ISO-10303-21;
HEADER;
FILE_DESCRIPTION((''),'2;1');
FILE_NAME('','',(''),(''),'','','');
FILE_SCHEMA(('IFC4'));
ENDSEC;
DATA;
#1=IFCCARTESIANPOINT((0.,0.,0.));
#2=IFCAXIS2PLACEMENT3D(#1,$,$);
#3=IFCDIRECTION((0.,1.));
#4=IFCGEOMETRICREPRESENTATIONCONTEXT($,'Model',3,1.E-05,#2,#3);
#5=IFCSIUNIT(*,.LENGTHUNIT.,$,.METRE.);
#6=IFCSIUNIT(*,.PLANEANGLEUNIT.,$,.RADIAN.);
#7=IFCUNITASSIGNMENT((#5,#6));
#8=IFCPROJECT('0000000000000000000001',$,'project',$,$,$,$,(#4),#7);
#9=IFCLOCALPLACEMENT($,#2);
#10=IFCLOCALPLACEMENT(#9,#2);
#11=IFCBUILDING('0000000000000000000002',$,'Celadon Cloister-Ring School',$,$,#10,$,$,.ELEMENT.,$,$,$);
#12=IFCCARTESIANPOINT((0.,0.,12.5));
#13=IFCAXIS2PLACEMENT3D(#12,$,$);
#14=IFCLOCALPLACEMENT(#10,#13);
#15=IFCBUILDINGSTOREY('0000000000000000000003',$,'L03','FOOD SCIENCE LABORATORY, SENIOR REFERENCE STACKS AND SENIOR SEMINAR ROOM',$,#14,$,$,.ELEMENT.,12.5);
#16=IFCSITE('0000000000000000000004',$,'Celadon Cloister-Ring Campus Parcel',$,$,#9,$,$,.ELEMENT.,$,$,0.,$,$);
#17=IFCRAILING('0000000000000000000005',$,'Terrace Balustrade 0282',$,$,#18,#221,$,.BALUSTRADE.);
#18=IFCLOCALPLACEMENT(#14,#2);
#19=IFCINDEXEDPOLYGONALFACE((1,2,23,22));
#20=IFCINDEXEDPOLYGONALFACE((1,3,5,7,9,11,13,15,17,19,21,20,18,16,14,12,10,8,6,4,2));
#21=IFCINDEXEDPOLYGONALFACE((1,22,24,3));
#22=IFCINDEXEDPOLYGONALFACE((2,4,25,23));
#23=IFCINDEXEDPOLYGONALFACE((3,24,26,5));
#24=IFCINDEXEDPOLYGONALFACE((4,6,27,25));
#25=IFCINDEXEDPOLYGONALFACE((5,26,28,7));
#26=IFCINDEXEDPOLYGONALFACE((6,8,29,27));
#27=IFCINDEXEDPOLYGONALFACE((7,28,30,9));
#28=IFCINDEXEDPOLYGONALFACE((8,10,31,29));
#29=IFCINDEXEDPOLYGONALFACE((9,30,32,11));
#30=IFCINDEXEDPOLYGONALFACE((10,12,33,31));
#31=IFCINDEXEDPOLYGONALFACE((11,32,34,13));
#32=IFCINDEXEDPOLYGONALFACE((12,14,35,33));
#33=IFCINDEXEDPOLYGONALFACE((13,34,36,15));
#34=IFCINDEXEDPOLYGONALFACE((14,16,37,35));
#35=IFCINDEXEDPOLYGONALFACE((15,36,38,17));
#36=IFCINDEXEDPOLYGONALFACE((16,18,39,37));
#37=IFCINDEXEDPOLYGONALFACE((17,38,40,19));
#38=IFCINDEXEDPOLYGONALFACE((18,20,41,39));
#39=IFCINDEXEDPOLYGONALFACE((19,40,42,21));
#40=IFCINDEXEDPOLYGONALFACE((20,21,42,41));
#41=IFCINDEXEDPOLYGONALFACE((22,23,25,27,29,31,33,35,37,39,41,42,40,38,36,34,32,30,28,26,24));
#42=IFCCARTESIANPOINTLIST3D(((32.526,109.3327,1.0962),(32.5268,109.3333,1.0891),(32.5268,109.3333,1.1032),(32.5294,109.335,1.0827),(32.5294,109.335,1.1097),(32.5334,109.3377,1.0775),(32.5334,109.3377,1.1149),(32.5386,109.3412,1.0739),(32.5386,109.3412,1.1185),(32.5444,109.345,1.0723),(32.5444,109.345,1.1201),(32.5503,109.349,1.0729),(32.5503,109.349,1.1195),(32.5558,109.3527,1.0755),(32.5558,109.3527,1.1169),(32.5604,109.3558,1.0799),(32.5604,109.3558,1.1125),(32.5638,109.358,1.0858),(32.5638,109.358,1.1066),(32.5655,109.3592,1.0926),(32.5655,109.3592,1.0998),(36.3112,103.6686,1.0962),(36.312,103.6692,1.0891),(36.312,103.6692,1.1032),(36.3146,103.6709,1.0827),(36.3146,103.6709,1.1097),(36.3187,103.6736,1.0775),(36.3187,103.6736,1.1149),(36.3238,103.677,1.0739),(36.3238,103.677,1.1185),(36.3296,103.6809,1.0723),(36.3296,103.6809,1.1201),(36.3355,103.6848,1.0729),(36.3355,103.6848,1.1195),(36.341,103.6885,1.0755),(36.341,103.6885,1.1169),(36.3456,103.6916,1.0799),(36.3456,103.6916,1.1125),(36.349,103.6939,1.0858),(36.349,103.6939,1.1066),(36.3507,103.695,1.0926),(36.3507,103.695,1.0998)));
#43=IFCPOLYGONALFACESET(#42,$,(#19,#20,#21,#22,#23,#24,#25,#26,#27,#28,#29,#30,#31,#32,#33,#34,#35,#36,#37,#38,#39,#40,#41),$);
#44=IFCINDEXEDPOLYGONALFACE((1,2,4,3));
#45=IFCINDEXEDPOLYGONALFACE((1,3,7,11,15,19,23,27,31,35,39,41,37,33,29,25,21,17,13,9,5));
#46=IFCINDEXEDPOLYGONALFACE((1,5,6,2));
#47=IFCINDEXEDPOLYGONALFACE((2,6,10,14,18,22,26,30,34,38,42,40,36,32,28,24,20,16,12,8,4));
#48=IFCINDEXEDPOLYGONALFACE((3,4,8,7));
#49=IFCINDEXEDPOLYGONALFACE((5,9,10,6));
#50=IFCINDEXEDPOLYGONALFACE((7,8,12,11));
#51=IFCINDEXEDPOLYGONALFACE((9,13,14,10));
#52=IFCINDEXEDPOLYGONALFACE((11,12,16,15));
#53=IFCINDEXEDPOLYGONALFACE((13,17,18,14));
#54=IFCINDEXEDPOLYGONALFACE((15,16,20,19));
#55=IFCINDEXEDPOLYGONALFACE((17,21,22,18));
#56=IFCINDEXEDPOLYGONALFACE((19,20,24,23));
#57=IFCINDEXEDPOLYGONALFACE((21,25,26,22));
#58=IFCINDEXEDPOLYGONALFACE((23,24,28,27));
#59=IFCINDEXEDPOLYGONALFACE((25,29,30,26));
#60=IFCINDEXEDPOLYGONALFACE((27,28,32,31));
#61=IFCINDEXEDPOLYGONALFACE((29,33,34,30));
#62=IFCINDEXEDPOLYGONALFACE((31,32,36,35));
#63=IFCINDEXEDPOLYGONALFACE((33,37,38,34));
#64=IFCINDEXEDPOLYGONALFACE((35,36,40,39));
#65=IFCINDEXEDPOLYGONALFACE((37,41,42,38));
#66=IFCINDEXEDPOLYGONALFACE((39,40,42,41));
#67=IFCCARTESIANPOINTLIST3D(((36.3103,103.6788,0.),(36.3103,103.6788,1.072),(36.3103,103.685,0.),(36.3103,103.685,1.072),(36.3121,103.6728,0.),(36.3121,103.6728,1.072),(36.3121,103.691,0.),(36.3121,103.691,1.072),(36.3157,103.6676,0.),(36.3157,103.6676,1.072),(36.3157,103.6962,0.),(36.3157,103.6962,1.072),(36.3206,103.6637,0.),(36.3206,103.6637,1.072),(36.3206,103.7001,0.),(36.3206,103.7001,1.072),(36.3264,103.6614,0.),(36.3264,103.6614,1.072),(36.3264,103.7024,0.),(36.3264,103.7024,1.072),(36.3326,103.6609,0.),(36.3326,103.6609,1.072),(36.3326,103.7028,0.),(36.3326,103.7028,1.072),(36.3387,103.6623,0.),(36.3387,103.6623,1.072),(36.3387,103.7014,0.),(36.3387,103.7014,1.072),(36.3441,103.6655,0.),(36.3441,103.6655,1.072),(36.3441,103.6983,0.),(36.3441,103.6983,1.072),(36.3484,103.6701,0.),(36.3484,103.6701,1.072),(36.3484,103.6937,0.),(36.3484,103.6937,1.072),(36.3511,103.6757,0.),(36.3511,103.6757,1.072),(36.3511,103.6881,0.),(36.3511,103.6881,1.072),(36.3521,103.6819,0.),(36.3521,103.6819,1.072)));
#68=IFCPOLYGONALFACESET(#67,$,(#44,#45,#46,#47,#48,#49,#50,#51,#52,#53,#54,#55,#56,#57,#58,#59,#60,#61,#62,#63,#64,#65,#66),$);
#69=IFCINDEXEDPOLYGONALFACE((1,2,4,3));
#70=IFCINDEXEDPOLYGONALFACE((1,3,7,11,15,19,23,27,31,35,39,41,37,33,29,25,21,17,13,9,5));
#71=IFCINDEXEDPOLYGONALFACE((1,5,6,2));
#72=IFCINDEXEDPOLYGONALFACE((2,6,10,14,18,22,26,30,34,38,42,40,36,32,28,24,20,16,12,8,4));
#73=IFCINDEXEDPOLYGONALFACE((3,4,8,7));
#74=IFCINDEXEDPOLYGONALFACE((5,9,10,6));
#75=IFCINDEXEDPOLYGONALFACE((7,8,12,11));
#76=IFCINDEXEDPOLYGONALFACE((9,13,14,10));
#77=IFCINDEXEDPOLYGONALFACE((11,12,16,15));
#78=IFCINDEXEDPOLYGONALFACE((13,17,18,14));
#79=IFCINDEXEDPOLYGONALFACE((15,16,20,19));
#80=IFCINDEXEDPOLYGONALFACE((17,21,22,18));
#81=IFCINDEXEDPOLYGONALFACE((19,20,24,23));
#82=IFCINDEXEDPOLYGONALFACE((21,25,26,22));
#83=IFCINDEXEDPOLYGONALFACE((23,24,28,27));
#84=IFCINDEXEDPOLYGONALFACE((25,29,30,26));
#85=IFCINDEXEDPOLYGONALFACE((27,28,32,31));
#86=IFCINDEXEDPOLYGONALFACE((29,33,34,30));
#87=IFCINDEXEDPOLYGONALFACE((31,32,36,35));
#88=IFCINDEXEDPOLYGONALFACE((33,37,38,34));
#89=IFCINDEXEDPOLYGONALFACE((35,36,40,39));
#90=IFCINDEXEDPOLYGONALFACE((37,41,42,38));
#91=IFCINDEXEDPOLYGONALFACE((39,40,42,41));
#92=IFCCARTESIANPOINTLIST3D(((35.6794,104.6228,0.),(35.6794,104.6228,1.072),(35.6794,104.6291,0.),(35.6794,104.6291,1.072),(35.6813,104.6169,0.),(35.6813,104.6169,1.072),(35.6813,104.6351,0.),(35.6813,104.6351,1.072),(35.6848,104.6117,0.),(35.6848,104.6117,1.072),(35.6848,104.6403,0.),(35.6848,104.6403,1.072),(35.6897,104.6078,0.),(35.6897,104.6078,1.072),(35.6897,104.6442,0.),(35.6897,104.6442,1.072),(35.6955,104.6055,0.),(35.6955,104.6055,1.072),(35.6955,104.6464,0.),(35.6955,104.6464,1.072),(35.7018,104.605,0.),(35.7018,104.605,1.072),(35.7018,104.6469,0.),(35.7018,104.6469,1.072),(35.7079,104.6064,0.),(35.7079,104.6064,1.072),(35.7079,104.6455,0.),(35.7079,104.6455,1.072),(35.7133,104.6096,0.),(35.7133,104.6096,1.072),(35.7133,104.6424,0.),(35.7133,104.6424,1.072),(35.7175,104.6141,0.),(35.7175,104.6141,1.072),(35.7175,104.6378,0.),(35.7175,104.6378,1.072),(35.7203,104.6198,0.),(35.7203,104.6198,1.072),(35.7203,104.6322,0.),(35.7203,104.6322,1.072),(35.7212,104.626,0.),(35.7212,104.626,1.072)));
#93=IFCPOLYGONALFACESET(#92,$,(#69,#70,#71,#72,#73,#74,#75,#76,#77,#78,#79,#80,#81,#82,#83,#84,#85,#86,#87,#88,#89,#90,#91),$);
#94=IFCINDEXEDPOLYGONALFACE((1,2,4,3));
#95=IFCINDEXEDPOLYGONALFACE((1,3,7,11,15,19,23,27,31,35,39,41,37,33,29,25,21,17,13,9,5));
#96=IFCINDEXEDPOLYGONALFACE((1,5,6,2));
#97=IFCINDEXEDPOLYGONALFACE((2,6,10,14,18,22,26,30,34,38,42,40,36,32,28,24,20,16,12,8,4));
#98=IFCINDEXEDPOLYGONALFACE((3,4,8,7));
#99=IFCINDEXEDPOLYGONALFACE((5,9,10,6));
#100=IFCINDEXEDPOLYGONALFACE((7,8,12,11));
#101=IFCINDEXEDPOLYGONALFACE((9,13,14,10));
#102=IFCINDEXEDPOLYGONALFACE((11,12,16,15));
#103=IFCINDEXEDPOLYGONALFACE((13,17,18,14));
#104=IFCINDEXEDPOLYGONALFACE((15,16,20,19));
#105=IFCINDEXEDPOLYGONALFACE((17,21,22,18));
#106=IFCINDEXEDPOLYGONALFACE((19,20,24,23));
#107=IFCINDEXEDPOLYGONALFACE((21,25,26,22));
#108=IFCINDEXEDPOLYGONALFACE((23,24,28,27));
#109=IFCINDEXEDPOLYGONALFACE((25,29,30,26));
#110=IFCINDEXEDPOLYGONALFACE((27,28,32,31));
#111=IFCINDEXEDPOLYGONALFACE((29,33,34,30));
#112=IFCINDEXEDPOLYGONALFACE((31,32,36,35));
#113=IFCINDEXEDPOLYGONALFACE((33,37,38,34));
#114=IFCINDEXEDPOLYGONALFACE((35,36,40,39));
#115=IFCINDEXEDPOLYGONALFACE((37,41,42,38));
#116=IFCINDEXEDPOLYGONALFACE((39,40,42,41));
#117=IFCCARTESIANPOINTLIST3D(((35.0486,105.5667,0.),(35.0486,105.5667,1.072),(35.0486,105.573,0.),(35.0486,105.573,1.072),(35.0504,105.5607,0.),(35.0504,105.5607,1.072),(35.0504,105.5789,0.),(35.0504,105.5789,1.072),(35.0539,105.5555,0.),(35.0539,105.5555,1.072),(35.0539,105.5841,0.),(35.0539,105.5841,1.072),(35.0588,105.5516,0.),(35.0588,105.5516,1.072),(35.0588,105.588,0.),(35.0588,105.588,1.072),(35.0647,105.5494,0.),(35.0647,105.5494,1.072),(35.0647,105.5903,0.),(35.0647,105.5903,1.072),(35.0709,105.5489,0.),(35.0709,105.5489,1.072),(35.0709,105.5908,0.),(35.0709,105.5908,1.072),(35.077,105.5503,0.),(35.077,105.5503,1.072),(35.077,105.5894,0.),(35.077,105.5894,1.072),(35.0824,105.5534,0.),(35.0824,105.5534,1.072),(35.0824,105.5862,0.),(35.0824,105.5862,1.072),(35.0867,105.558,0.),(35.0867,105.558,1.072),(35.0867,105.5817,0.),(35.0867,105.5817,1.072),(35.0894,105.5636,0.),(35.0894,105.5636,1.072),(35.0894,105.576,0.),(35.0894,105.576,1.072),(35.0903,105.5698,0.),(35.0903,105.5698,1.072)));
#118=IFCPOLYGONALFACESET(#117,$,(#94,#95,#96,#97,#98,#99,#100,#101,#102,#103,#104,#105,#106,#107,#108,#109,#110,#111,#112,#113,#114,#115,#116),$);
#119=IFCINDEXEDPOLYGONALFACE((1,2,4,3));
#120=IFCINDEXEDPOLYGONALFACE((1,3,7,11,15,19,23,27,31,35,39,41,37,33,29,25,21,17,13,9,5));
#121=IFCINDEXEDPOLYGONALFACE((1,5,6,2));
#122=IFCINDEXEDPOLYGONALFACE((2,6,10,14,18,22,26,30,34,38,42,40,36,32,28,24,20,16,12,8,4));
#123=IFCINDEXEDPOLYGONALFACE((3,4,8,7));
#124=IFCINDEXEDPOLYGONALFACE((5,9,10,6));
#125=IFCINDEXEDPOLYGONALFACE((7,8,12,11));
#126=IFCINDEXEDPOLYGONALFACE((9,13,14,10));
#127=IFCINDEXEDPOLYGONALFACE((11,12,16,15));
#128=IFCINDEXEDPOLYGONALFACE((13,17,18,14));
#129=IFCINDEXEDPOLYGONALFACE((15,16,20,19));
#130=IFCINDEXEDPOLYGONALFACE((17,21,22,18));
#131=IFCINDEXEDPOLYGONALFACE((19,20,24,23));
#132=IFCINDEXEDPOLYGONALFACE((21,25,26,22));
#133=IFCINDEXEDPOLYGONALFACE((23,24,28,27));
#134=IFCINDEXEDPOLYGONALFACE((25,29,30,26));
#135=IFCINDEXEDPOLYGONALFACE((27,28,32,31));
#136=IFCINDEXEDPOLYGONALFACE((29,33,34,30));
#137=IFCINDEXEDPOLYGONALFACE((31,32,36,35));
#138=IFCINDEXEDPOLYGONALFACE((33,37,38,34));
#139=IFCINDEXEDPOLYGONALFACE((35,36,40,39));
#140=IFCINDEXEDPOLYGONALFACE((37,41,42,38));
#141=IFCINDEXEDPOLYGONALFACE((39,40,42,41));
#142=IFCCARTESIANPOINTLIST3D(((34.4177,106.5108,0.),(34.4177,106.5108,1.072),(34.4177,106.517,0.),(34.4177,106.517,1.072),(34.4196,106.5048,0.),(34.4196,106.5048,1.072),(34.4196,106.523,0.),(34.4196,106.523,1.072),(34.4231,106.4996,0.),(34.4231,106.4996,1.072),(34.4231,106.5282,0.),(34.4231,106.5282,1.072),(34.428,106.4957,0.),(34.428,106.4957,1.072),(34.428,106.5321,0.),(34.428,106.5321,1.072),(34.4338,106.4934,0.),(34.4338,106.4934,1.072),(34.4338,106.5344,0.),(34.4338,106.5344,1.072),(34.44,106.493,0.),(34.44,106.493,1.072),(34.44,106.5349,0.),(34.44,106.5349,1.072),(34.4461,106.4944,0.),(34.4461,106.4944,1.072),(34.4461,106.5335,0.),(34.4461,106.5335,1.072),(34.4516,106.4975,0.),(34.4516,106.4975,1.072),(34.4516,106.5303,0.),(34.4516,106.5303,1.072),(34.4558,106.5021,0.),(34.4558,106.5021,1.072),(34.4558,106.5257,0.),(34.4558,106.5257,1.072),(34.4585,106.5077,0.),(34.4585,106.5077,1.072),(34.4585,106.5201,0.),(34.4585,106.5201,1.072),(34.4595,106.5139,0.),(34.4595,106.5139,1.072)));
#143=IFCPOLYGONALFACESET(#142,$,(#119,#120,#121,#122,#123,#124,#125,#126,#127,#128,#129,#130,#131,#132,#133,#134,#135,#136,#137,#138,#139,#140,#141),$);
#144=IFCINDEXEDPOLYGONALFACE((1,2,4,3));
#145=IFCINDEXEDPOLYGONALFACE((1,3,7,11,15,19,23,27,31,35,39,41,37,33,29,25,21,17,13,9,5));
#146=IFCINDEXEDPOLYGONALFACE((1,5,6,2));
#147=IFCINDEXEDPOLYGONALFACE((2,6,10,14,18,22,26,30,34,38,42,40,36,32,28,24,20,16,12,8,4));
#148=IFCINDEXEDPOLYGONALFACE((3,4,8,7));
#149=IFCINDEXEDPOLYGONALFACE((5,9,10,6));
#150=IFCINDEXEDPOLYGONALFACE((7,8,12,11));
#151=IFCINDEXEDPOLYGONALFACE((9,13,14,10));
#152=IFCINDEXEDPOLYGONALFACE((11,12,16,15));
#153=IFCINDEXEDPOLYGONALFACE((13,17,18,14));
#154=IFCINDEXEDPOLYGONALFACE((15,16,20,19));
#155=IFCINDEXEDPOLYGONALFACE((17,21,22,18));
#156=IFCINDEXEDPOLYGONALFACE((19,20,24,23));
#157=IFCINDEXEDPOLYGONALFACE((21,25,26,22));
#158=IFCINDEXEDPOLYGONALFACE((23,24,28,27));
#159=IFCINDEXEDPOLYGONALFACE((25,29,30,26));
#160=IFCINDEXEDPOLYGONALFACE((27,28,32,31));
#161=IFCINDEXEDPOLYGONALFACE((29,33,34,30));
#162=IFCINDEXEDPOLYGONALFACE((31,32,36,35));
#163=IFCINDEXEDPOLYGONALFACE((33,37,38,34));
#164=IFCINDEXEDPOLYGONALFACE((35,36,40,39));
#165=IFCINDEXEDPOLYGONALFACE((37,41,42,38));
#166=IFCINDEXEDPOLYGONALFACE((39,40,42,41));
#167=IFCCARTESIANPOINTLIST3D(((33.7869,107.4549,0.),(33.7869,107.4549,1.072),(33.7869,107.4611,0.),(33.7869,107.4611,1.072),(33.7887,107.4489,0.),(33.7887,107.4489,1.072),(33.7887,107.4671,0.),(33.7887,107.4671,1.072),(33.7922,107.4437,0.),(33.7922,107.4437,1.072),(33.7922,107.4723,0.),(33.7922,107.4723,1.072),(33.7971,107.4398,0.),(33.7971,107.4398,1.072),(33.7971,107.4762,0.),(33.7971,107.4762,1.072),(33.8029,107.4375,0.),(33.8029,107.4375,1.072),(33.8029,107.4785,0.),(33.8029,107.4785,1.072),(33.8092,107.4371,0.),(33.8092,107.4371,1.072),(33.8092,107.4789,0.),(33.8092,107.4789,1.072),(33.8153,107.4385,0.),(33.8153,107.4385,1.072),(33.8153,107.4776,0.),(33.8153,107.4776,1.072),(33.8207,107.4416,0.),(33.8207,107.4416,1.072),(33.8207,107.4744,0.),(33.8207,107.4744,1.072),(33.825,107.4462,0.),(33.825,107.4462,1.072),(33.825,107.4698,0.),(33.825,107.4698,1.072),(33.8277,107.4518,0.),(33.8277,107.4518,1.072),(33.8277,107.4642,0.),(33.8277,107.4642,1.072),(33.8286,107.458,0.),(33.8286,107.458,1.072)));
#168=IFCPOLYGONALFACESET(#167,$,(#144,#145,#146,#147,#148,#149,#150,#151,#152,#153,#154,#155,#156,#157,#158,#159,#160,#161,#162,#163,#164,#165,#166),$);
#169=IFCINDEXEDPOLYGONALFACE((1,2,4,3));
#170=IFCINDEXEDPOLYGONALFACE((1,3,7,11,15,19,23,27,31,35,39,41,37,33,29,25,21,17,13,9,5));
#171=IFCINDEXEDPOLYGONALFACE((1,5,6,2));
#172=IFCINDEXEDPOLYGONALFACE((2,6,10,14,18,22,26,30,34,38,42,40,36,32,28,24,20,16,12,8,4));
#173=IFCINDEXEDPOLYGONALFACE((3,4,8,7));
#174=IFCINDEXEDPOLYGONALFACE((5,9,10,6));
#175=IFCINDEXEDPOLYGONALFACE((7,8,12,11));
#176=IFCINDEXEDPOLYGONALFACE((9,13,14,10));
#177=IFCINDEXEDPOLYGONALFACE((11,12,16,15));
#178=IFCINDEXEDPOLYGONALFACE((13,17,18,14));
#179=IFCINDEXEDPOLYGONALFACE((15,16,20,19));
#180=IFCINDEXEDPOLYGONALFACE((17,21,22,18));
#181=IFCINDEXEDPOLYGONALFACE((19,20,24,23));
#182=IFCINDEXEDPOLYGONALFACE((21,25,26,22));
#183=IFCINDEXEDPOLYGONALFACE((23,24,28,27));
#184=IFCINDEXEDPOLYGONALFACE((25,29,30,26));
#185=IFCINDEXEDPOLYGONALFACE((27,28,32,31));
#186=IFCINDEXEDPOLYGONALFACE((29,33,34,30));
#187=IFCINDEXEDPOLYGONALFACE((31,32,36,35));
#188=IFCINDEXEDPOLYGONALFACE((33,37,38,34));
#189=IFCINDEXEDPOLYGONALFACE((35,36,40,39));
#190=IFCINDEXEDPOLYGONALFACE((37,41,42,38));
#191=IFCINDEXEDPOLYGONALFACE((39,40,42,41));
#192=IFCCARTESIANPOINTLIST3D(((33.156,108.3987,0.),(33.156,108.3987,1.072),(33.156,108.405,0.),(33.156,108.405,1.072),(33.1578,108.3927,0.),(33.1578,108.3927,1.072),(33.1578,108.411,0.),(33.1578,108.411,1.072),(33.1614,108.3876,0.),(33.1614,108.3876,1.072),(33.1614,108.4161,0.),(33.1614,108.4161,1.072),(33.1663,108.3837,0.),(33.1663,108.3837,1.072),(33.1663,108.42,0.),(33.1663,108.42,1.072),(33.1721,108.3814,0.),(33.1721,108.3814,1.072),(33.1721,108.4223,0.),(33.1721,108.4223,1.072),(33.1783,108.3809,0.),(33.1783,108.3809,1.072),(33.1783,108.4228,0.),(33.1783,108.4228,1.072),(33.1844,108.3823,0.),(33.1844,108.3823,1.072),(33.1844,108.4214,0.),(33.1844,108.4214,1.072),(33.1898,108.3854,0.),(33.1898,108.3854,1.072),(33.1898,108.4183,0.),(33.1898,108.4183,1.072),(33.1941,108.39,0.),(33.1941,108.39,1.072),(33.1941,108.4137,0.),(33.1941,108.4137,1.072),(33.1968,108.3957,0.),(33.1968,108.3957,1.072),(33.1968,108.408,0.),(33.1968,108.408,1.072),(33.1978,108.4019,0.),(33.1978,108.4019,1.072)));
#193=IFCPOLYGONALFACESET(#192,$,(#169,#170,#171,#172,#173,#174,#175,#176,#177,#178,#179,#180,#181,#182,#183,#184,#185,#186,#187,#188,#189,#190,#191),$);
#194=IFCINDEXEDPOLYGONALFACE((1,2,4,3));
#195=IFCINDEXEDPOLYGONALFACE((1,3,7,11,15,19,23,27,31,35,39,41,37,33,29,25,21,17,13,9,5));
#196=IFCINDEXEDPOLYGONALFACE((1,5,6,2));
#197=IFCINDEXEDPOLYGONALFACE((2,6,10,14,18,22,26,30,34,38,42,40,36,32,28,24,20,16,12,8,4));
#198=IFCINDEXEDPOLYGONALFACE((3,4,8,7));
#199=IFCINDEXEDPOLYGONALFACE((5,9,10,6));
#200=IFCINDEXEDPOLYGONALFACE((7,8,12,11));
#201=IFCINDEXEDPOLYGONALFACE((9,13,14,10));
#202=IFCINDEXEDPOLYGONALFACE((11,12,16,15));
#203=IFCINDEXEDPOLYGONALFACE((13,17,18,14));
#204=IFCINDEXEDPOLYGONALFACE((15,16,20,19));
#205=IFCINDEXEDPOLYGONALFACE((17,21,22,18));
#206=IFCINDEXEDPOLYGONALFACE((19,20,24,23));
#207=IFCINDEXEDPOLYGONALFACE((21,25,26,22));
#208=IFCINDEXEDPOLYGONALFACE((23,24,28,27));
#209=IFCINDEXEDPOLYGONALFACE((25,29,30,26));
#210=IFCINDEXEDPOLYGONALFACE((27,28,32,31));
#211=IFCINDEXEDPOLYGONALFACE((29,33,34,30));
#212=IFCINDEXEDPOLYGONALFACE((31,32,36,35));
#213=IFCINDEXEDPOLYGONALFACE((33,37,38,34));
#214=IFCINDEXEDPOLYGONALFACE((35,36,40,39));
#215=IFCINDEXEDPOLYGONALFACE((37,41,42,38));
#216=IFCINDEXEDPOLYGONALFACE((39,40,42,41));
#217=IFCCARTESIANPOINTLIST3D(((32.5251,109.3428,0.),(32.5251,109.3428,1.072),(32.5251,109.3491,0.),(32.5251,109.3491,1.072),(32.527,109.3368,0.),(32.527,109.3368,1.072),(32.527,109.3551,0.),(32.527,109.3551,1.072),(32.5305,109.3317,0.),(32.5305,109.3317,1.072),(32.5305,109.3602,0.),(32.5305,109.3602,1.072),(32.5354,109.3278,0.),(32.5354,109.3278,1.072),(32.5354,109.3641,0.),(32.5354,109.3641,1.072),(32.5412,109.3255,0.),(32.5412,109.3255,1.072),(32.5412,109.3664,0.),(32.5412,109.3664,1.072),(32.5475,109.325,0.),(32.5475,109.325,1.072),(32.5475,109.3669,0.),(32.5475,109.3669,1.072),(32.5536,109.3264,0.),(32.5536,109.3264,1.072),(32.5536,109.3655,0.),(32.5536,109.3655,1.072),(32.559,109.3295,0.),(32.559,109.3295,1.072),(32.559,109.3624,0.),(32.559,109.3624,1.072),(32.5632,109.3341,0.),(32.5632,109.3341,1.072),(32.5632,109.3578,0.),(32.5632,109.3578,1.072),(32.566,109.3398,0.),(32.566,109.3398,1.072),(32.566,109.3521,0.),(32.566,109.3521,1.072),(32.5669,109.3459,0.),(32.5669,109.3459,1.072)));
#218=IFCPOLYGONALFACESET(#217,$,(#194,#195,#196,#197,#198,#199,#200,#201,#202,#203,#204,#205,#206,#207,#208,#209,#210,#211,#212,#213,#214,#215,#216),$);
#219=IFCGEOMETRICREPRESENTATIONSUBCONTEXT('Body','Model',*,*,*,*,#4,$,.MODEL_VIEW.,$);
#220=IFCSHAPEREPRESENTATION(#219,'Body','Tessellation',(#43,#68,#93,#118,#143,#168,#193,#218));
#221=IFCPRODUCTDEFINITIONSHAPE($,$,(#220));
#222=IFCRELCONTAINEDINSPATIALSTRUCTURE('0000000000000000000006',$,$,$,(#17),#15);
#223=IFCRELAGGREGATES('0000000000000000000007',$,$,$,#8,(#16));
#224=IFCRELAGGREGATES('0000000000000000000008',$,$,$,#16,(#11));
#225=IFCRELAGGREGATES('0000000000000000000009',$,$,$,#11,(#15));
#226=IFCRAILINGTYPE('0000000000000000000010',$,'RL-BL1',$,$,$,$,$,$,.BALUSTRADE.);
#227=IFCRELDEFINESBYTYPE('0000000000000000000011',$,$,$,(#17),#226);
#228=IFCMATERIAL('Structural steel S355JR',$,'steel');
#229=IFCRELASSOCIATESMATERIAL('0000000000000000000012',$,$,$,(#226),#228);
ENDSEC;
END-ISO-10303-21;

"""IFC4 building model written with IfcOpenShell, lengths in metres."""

from ifc_helpers import new_model, si_unit, direction, frame, origin, origin_2d, place, context, subcontext, project, spatial, circle, extrude, material, type_object, element, save


model = new_model("IFC4")

# Units and contexts
model_context = context("Model", 3, precision=1e-05, world=origin(), true_north=direction((0.0, 1.0)))
body_context = subcontext(model_context, "Body", "Model", "MODEL_VIEW")
ifc_project = project(units=[si_unit("LENGTHUNIT", "METRE"), si_unit("PLANEANGLEUNIT", "RADIAN")], contexts=[model_context])

# Site, building, storey
site_placement = place(None, origin())
site = spatial("IfcSite", under=ifc_project, at=site_placement, Name="Celadon Cloister-Ring Campus Parcel", CompositionType="ELEMENT", RefElevation=0.0)
building_placement = place(site_placement, origin())
building = spatial("IfcBuilding", under=site, at=building_placement, Name="Celadon Cloister-Ring School", CompositionType="ELEMENT")
storey_placement = place(building_placement, frame((0.0, 0.0, 12.5)))
storey = spatial("IfcBuildingStorey", under=building, at=storey_placement, Name="L03", Description="FOOD SCIENCE LABORATORY, SENIOR REFERENCE STACKS AND SENIOR SEMINAR ROOM", CompositionType="ELEMENT", Elevation=12.5)

# Railing
ifc_material_1 = material(Name="Structural steel S355JR", Category="steel")
railing_type = type_object("IfcRailingType", Name="RL-BL1", PredefinedType="BALUSTRADE", material=ifc_material_1)
railing_1_placement = place(storey_placement, frame((36.3311, 103.6819, 0.0)))
element("IfcRailing", 1, at=railing_1_placement, inside=storey, type_object=railing_type, Name="Terrace Balustrade 0282", PredefinedType="BALUSTRADE", context=body_context, shape_type="SweptSolid", body=[
    extrude(circle(Radius=0.0239, at=origin_2d()), frame((0.0, 0.0, 1.0962), z_axis=(-0.555626, 0.831432, 0.0), x_axis=(-0.831432, -0.555626, 0.0)), (0.0, 0.0, 1.0), 6.8125),
    extrude(circle(Radius=0.021, at=origin_2d()), origin(), (0.0, 0.0, 1.0), 1.072),
    extrude(circle(Radius=0.021, at=origin_2d()), frame((-0.6309, 0.9441, 0.0)), (0.0, 0.0, 1.0), 1.072),
    extrude(circle(Radius=0.021, at=origin_2d()), frame((-1.2617, 1.8879, 0.0)), (0.0, 0.0, 1.0), 1.072),
    extrude(circle(Radius=0.021, at=origin_2d()), frame((-1.8926, 2.832, 0.0)), (0.0, 0.0, 1.0), 1.072),
    extrude(circle(Radius=0.021, at=origin_2d()), frame((-2.5234, 3.7761, 0.0)), (0.0, 0.0, 1.0), 1.072),
    extrude(circle(Radius=0.021, at=origin_2d()), frame((-3.1543, 4.72, 0.0)), (0.0, 0.0, 1.0), 1.072),
    extrude(circle(Radius=0.021, at=origin_2d()), frame((-3.7852, 5.6641, 0.0)), (0.0, 0.0, 1.0), 1.072),
])

save(model, "model.ifc")
